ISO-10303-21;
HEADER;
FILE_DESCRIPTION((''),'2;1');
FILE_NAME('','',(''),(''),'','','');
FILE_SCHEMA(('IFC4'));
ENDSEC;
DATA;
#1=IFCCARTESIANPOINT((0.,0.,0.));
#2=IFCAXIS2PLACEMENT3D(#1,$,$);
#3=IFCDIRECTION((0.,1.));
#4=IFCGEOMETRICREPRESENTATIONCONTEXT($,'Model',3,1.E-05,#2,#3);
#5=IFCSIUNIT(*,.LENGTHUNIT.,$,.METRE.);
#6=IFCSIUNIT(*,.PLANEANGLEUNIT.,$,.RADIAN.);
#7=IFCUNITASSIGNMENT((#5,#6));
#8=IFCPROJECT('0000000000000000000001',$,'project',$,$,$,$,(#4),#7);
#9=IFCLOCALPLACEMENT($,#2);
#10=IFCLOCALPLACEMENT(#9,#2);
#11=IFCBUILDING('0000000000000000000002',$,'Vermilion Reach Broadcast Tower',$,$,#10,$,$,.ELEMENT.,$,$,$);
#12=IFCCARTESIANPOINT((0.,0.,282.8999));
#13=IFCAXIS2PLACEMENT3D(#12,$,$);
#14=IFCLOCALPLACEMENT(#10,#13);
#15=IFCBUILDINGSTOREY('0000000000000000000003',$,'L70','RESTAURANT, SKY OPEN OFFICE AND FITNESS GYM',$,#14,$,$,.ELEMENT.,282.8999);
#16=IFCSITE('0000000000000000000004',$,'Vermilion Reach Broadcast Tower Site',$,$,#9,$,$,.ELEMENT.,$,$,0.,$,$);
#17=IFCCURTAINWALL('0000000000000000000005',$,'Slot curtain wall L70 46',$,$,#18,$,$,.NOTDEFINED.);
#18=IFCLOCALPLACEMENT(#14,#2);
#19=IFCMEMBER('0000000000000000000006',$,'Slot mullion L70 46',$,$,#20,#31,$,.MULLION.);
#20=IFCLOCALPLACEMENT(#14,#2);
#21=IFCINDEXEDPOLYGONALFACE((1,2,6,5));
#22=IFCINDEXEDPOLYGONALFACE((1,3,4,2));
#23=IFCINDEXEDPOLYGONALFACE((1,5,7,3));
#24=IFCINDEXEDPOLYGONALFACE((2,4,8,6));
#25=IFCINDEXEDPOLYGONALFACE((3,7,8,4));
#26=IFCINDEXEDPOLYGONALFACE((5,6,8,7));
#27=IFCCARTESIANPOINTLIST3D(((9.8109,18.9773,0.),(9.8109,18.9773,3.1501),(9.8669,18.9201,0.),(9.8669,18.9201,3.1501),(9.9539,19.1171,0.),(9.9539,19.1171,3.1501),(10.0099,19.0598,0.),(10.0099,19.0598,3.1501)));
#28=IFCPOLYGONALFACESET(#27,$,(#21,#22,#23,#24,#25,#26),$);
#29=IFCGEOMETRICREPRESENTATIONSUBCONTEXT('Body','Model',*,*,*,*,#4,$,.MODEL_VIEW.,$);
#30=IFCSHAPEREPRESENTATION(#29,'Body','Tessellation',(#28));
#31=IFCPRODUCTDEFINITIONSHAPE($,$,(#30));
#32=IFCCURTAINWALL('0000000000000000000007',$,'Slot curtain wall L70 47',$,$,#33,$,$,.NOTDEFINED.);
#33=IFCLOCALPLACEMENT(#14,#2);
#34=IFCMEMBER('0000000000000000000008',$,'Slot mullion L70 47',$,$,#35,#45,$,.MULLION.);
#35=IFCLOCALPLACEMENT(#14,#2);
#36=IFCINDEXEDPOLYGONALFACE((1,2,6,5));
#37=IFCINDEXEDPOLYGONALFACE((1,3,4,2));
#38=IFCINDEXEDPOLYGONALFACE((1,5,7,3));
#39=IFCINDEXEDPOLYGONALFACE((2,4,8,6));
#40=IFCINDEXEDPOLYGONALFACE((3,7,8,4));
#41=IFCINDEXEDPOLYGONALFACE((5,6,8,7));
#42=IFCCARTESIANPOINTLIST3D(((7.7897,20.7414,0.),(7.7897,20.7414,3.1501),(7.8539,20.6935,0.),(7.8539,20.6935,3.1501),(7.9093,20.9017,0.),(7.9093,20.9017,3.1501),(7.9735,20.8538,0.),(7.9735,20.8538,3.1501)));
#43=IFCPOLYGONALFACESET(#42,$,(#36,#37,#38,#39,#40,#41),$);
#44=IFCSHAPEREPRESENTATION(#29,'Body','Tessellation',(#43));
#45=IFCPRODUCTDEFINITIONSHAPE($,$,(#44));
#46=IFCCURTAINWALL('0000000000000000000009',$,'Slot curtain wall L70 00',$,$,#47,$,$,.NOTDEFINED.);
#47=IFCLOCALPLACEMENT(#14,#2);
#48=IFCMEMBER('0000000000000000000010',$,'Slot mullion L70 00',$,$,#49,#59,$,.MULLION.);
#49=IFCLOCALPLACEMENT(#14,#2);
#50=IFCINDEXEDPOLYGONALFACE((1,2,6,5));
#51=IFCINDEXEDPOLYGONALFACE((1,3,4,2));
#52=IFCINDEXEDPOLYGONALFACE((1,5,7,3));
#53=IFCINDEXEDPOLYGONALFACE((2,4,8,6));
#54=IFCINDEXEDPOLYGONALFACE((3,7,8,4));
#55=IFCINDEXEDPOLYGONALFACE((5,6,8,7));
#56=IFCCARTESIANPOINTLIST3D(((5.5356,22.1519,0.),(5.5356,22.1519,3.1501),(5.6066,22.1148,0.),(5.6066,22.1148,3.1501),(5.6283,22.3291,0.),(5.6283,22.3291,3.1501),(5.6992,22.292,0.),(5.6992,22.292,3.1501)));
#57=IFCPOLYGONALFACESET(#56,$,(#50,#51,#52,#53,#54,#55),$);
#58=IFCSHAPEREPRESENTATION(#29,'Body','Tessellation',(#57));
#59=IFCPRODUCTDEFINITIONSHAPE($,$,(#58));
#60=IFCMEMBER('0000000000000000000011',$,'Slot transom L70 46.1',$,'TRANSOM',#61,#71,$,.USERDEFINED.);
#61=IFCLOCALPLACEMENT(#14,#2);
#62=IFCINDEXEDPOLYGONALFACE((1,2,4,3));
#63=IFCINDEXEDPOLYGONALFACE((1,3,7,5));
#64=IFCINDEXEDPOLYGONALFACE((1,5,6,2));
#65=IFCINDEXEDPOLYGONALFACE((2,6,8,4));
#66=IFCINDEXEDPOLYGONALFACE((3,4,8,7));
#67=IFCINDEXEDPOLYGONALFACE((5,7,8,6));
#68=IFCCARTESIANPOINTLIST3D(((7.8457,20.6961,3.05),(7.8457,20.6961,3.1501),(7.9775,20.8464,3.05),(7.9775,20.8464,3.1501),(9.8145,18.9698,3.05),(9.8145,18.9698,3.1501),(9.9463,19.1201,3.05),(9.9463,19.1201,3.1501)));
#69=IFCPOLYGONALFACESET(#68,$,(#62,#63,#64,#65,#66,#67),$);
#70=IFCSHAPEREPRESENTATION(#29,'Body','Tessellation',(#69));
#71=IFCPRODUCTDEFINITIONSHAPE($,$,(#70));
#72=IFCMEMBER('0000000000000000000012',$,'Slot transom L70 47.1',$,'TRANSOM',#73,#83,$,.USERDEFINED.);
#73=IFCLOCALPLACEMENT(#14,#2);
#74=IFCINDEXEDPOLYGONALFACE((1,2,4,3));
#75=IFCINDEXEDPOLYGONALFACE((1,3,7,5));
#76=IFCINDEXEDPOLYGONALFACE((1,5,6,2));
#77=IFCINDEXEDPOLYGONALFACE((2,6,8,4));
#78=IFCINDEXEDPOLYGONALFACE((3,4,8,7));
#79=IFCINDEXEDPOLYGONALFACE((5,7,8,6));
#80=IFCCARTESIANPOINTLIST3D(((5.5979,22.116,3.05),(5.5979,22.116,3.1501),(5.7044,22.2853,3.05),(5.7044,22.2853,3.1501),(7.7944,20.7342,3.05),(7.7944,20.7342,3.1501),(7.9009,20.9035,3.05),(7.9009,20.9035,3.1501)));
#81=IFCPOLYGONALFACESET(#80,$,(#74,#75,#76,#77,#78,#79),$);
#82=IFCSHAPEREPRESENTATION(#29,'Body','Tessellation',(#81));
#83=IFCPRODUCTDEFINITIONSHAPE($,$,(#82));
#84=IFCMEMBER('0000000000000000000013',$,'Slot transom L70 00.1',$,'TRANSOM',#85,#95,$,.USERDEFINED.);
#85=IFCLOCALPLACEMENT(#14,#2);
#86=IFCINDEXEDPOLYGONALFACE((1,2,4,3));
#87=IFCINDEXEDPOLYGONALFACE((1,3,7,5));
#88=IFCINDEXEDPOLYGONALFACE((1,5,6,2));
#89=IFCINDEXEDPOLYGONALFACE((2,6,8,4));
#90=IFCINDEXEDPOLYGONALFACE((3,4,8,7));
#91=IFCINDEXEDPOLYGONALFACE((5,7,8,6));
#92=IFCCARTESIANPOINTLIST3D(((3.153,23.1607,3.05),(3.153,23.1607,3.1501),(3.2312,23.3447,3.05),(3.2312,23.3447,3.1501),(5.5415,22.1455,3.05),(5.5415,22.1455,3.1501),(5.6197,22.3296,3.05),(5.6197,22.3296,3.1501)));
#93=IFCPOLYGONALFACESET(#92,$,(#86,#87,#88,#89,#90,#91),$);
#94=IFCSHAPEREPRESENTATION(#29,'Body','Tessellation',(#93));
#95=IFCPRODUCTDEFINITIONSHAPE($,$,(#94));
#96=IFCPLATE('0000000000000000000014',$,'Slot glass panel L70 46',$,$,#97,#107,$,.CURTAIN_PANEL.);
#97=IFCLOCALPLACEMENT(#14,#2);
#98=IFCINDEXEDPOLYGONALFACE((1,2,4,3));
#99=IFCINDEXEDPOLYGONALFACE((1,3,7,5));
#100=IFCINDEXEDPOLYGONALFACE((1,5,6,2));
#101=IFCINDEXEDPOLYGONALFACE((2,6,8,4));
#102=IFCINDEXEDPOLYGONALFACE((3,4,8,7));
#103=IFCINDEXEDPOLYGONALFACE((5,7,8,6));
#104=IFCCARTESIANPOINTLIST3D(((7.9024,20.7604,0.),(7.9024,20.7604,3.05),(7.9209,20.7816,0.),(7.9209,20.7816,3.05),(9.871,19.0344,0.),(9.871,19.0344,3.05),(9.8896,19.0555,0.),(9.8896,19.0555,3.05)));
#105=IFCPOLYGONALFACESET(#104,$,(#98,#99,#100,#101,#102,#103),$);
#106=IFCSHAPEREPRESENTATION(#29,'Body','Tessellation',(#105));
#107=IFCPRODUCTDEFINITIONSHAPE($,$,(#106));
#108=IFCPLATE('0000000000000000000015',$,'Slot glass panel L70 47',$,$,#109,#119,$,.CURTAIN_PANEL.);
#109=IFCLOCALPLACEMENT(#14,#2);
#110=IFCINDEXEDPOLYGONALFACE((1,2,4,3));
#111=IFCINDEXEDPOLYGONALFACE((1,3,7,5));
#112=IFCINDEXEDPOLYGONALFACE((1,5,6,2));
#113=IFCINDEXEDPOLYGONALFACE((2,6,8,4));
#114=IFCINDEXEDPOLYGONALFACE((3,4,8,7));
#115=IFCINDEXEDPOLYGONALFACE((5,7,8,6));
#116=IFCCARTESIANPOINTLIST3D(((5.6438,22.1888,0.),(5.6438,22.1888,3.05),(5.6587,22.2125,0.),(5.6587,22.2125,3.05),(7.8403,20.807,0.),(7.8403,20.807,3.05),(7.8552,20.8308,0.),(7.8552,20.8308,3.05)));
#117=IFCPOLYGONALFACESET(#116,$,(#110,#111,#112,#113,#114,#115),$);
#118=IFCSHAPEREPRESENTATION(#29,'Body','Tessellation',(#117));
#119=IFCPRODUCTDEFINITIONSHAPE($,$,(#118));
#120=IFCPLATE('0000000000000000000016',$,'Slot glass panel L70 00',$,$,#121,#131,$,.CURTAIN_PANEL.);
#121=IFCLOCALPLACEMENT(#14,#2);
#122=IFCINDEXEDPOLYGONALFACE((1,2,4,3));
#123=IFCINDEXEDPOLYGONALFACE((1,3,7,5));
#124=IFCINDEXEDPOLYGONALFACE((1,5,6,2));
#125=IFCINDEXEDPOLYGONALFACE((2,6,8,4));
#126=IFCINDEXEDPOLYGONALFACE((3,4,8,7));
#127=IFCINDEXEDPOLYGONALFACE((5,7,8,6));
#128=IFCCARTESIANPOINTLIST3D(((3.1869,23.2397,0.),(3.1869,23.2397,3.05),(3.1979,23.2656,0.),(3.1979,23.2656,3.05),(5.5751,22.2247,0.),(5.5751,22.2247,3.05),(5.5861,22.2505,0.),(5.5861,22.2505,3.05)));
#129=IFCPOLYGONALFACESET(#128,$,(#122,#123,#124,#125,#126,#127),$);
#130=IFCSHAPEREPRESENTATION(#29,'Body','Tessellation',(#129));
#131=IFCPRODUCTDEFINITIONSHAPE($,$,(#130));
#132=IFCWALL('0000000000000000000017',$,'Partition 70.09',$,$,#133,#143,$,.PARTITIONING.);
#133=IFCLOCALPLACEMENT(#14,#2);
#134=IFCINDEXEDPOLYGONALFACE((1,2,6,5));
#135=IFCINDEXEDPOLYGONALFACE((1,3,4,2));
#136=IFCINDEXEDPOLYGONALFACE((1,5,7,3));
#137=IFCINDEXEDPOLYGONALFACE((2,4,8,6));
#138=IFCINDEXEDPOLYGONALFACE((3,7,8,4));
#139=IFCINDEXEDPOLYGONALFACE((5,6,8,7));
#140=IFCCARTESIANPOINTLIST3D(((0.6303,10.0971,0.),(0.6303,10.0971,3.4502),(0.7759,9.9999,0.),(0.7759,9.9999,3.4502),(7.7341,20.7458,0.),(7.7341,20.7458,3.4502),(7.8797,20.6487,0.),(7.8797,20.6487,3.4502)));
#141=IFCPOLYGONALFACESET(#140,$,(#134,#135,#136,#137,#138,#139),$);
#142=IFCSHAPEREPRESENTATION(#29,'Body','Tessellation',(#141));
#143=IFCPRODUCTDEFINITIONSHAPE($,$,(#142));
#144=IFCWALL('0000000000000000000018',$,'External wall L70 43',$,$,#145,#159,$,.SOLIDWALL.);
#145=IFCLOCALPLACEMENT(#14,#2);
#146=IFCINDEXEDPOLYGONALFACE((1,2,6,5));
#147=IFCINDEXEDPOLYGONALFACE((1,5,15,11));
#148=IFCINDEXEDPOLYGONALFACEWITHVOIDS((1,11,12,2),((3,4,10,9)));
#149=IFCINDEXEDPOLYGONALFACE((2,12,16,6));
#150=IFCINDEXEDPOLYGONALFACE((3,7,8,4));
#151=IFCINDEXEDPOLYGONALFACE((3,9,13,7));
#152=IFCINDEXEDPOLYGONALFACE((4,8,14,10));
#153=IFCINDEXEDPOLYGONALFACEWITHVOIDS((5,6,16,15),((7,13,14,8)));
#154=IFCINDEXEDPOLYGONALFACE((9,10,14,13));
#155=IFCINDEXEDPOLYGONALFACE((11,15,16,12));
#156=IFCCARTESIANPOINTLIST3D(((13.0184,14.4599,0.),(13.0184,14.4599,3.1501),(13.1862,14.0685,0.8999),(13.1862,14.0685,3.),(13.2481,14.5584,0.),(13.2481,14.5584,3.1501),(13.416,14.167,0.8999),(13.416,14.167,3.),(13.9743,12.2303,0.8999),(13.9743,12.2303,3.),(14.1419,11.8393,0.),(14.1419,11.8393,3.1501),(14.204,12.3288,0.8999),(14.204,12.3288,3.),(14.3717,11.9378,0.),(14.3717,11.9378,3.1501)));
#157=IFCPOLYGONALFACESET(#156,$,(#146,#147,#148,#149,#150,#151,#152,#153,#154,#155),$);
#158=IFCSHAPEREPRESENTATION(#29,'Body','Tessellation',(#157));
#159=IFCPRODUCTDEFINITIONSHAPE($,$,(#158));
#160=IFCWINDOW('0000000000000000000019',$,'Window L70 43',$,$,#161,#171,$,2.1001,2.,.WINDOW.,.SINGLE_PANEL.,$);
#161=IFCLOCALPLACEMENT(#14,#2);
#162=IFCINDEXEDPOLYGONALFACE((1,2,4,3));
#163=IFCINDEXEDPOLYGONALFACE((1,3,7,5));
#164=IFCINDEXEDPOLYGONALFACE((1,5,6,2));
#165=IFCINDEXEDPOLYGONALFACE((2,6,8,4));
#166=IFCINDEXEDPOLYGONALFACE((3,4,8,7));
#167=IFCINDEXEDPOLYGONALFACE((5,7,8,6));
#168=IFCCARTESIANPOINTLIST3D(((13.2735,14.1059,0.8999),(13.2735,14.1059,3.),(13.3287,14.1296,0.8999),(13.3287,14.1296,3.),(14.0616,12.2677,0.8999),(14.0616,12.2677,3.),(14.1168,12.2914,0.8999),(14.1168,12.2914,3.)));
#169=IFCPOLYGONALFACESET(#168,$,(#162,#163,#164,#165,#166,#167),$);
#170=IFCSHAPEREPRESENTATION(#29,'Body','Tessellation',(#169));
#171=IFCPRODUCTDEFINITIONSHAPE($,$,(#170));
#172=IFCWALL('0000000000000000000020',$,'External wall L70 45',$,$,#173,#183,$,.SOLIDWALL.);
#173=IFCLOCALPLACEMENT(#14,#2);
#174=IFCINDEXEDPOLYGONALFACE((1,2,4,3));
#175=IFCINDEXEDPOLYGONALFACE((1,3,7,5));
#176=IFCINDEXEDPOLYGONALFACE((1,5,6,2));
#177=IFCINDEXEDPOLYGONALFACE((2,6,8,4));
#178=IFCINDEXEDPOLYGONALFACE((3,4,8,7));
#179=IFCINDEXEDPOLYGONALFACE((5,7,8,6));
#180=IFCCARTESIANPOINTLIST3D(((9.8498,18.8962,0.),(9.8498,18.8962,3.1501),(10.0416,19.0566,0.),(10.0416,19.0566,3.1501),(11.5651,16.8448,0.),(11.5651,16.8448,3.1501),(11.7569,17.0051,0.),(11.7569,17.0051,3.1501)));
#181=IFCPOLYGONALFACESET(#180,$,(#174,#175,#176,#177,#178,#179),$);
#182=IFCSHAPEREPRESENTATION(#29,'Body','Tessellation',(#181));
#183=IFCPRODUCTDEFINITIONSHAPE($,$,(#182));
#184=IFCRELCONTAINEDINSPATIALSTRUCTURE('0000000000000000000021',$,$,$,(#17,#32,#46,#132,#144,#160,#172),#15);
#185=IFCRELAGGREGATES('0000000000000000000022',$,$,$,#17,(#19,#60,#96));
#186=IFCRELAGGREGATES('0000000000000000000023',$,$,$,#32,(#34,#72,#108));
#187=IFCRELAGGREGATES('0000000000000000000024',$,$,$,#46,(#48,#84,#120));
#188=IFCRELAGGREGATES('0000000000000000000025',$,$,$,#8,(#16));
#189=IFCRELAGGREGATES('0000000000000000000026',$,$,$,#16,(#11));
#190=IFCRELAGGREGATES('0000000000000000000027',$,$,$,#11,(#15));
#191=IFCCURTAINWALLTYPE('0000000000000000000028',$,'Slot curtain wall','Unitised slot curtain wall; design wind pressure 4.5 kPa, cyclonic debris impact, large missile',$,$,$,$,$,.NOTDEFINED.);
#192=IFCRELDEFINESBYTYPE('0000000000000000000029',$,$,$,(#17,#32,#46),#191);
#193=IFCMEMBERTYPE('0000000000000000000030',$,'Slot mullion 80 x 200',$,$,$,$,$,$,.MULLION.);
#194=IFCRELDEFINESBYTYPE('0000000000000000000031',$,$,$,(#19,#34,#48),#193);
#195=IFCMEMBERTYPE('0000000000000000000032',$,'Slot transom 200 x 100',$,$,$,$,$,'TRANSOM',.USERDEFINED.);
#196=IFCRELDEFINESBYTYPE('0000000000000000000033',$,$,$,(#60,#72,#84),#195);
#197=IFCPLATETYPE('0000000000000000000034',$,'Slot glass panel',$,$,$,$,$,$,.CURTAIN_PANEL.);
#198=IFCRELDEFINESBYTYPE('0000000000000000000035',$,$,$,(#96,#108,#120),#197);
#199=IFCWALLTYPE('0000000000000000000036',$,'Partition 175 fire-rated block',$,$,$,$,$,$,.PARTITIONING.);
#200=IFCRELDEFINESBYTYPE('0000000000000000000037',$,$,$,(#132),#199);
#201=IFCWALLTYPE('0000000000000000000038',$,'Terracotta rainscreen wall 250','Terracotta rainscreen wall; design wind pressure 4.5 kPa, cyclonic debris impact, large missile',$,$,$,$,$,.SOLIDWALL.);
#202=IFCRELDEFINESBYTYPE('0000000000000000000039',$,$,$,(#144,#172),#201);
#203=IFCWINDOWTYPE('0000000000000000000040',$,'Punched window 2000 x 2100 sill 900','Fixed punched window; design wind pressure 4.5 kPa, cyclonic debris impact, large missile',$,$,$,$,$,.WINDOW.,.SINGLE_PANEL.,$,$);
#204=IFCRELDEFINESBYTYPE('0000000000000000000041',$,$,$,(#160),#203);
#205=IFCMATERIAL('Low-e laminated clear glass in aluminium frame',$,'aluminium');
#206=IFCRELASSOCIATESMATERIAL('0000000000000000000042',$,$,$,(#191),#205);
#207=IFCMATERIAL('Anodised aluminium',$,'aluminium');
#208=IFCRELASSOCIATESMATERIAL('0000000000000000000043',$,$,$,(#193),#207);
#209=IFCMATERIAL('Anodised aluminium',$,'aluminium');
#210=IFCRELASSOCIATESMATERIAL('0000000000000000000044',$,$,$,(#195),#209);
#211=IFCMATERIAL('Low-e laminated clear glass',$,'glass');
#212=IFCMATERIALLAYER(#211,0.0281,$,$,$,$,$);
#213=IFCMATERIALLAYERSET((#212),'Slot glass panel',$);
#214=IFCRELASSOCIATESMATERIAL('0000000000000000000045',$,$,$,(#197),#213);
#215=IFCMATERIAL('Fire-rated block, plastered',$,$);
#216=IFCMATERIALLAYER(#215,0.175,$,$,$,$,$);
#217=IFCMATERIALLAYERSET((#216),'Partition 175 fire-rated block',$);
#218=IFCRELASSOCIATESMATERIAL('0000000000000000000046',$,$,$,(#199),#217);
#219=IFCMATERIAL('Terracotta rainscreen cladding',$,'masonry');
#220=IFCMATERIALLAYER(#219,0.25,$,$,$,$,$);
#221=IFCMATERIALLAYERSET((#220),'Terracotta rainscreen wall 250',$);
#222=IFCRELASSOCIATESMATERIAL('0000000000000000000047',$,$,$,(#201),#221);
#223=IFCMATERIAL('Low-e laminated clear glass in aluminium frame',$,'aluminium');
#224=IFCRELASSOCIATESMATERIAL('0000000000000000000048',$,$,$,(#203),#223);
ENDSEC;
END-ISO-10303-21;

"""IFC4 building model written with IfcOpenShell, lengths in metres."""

from ifc_helpers import new_model, si_unit, direction, frame, frame_2d, origin, origin_2d, place, context, subcontext, project, spatial, rectangle, extrude, material, layer, layer_set, material_profile, profile_set, type_object, element, fill, aggregate, save


model = new_model("IFC4")

# Units and contexts
model_context = context("Model", 3, precision=1e-05, world=origin(), true_north=direction((0.0, 1.0)))
body_context = subcontext(model_context, "Body", "Model", "MODEL_VIEW")
ifc_project = project(units=[si_unit("LENGTHUNIT", "METRE"), si_unit("PLANEANGLEUNIT", "RADIAN")], contexts=[model_context])

# Site, building, storey
site_placement = place(None, origin())
site = spatial("IfcSite", under=ifc_project, at=site_placement, Name="Vermilion Reach Broadcast Tower Site", CompositionType="ELEMENT", RefElevation=0.0)
building_placement = place(site_placement, origin())
building = spatial("IfcBuilding", under=site, at=building_placement, Name="Vermilion Reach Broadcast Tower", CompositionType="ELEMENT")
storey_placement = place(building_placement, frame((0.0, 0.0, 282.8999)))
storey = spatial("IfcBuildingStorey", under=building, at=storey_placement, Name="L70", Description="RESTAURANT, SKY OPEN OFFICE AND FITNESS GYM", CompositionType="ELEMENT", Elevation=282.8999)

# Curtain walls, members
ifc_material_1 = material(Name="Low-e laminated clear glass in aluminium frame", Category="aluminium")
curtain_wall_type = type_object("IfcCurtainWallType", Name="Slot curtain wall", Description="Unitised slot curtain wall; design wind pressure 4.5 kPa, cyclonic debris impact, large missile", PredefinedType="NOTDEFINED", material=ifc_material_1)
placement = place(storey_placement, origin())
curtain_wall_1 = element("IfcCurtainWall", 1, at=placement, inside=storey, type_object=curtain_wall_type, Name="Slot curtain wall L70 46", PredefinedType="NOTDEFINED")
ifc_material_2 = material(Name="Anodised aluminium", Category="aluminium")
ifc_material_profile_1 = material_profile(ifc_material_2, rectangle(XDim=0.2, YDim=0.0801, at=origin_2d()), Name="Slot mullion 80 x 200")
ifc_profile_set_1 = profile_set([ifc_material_profile_1], Name="Anodised aluminium")
member_type_1 = type_object("IfcMemberType", Name="Slot mullion 80 x 200", PredefinedType="MULLION", material=ifc_profile_set_1)
member_1_placement = place(storey_placement, frame((9.9104, 19.0186, 0.0), z_axis=(0.0, 0.0, 1.0), x_axis=(-0.71537, -0.698746, 0.0)))
member_1 = element("IfcMember", 2, at=member_1_placement, type_object=member_type_1, Name="Slot mullion L70 46", PredefinedType="MULLION", context=body_context, shape_type="SweptSolid", body=[
    extrude(rectangle(XDim=0.2, YDim=0.0801, at=origin_2d()), origin(), (0.0, 0.0, 1.0), 3.1501),
])
curtain_wall_2 = element("IfcCurtainWall", 3, at=placement, inside=storey, type_object=curtain_wall_type, Name="Slot curtain wall L70 47", PredefinedType="NOTDEFINED")
member_2_placement = place(storey_placement, frame((7.8816, 20.7976, 0.0), z_axis=(0.0, 0.0, 1.0), x_axis=(-0.59775, -0.801683, 0.0)))
member_2 = element("IfcMember", 4, at=member_2_placement, type_object=member_type_1, Name="Slot mullion L70 47", PredefinedType="MULLION", context=body_context, shape_type="SweptSolid", body=[
    extrude(rectangle(XDim=0.2, YDim=0.0801, at=origin_2d()), origin(), (0.0, 0.0, 1.0), 3.1501),
])
curtain_wall_3 = element("IfcCurtainWall", 5, at=placement, inside=storey, type_object=curtain_wall_type, Name="Slot curtain wall L70 00", PredefinedType="NOTDEFINED")
member_3_placement = place(storey_placement, frame((5.6174, 22.2219, 0.0), z_axis=(0.0, 0.0, 1.0), x_axis=(-0.463296, -0.886204, 0.0)))
member_3 = element("IfcMember", 6, at=member_3_placement, type_object=member_type_1, Name="Slot mullion L70 00", PredefinedType="MULLION", context=body_context, shape_type="SweptSolid", body=[
    extrude(rectangle(XDim=0.2, YDim=0.0801, at=origin_2d()), origin(), (0.0, 0.0, 1.0), 3.1501),
])

# Members
ifc_material_3 = material(Name="Anodised aluminium", Category="aluminium")
ifc_material_profile_2 = material_profile(ifc_material_3, rectangle(XDim=0.2, YDim=0.1001, at=origin_2d()), Name="Slot transom 200 x 100")
ifc_profile_set_2 = profile_set([ifc_material_profile_2], Name="Anodised aluminium")
member_type_2 = type_object("IfcMemberType", Name="Slot transom 200 x 100", ElementType="TRANSOM", PredefinedType="USERDEFINED", material=ifc_profile_set_2)
member_4_placement = place(storey_placement, frame((9.8804, 19.0449, 3.1001), z_axis=(-0.751883, 0.659296, 0.0), x_axis=(-0.659296, -0.751883, 0.0)))
member_4 = element("IfcMember", 7, at=member_4_placement, type_object=member_type_2, Name="Slot transom L70 46.1", ObjectType="TRANSOM", PredefinedType="USERDEFINED", context=body_context, shape_type="SweptSolid", body=[
    extrude(rectangle(XDim=0.2, YDim=0.1001, at=origin_2d()), origin(), (0.0, 0.0, 1.0), 2.6184),
])
member_5_placement = place(storey_placement, frame((7.8477, 20.8188, 3.1001), z_axis=(-0.846435, 0.532491, 0.0), x_axis=(-0.532491, -0.846435, 0.0)))
member_5 = element("IfcMember", 8, at=member_5_placement, type_object=member_type_2, Name="Slot transom L70 47.1", ObjectType="TRANSOM", PredefinedType="USERDEFINED", context=body_context, shape_type="SweptSolid", body=[
    extrude(rectangle(XDim=0.2, YDim=0.1001, at=origin_2d()), origin(), (0.0, 0.0, 1.0), 2.595),
])
member_6_placement = place(storey_placement, frame((5.5806, 22.2375, 3.1001), z_axis=(-0.920323, 0.391159, 0.0), x_axis=(-0.391159, -0.920323, 0.0)))
member_6 = element("IfcMember", 9, at=member_6_placement, type_object=member_type_2, Name="Slot transom L70 00.1", ObjectType="TRANSOM", PredefinedType="USERDEFINED", context=body_context, shape_type="SweptSolid", body=[
    extrude(rectangle(XDim=0.2, YDim=0.1001, at=origin_2d()), origin(), (0.0, 0.0, 1.0), 2.5952),
])

# Plates
ifc_material_4 = material(Name="Low-e laminated clear glass", Category="glass")
ifc_layer_1 = layer(ifc_material_4, 0.0281)
ifc_layer_set_1 = layer_set([ifc_layer_1], Name="Slot glass panel")
plate_type = type_object("IfcPlateType", Name="Slot glass panel", PredefinedType="CURTAIN_PANEL", material=ifc_layer_set_1)
plate_1_placement = place(storey_placement, frame((8.896, 19.908, 0.0), z_axis=(0.0, 0.0, 1.0), x_axis=(-0.751902, 0.659275, 0.0)))
plate_1 = element("IfcPlate", 10, at=plate_1_placement, type_object=plate_type, Name="Slot glass panel L70 46", PredefinedType="CURTAIN_PANEL", context=body_context, shape_type="SweptSolid", body=[
    extrude(rectangle(XDim=2.6182, YDim=0.0281, at=origin_2d()), origin(), (0.0, 0.0, 1.0), 3.05),
])
aggregate(curtain_wall_1, [member_1, member_4, plate_1])
plate_2_placement = place(storey_placement, frame((6.7495, 21.5098, 0.0), z_axis=(0.0, 0.0, 1.0), x_axis=(-0.846442, 0.532481, 0.0)))
plate_2 = element("IfcPlate", 11, at=plate_2_placement, type_object=plate_type, Name="Slot glass panel L70 47", PredefinedType="CURTAIN_PANEL", context=body_context, shape_type="SweptSolid", body=[
    extrude(rectangle(XDim=2.595, YDim=0.0281, at=origin_2d()), origin(), (0.0, 0.0, 1.0), 3.05),
])
aggregate(curtain_wall_2, [member_2, member_5, plate_2])
plate_3_placement = place(storey_placement, frame((4.3865, 22.7451, 0.0), z_axis=(0.0, 0.0, 1.0), x_axis=(-0.920322, 0.391161, 0.0)))
plate_3 = element("IfcPlate", 12, at=plate_3_placement, type_object=plate_type, Name="Slot glass panel L70 00", PredefinedType="CURTAIN_PANEL", context=body_context, shape_type="SweptSolid", body=[
    extrude(rectangle(XDim=2.595, YDim=0.0281, at=origin_2d()), origin(), (0.0, 0.0, 1.0), 3.05),
])
aggregate(curtain_wall_3, [member_3, member_6, plate_3])

# Wall
ifc_material_5 = material(Name="Fire-rated block, plastered")
ifc_layer_2 = layer(ifc_material_5, 0.175)
ifc_layer_set_2 = layer_set([ifc_layer_2], Name="Partition 175 fire-rated block")
wall_type_1 = type_object("IfcWallType", Name="Partition 175 fire-rated block", PredefinedType="PARTITIONING", material=ifc_layer_set_2)
wall_1_placement = place(storey_placement, frame((7.8069, 20.6973, 0.0), z_axis=(0.0, 0.0, 1.0), x_axis=(-0.554951, -0.831883, 0.0)))
element("IfcWall", 13, at=wall_1_placement, inside=storey, type_object=wall_type_1, Name="Partition 70.09", PredefinedType="PARTITIONING", context=body_context, shape_type="SweptSolid", body=[
    extrude(rectangle(XDim=12.8008, YDim=0.175, at=frame_2d((6.4004, 0.0))), origin(), (0.0, 0.0, 1.0), 3.4502),
])

# Wall, opening, window
ifc_material_6 = material(Name="Terracotta rainscreen cladding", Category="masonry")
ifc_layer_3 = layer(ifc_material_6, 0.25)
ifc_layer_set_3 = layer_set([ifc_layer_3], Name="Terracotta rainscreen wall 250")
wall_type_2 = type_object("IfcWallType", Name="Terracotta rainscreen wall 250", Description="Terracotta rainscreen wall; design wind pressure 4.5 kPa, cyclonic debris impact, large missile", PredefinedType="SOLIDWALL", material=ifc_layer_set_3)
wall_2_placement = place(storey_placement, frame((14.2568, 11.8884, 0.0), z_axis=(0.0, 0.0, 1.0), x_axis=(-0.394043, 0.919092, 0.0)))
wall_2 = element("IfcWall", 14, at=wall_2_placement, inside=storey, type_object=wall_type_2, Name="External wall L70 43", PredefinedType="SOLIDWALL", context=body_context, shape_type="SweptSolid", body=[
    extrude(rectangle(XDim=2.8513, YDim=0.25, at=frame_2d((1.4258, 0.0))), origin(), (0.0, 0.0, 1.0), 3.1501),
])
opening_1_placement = place(wall_2_placement, frame((0.4255, 0.0, 0.8999)))
opening_1 = element("IfcOpeningElement", 15, at=opening_1_placement, cuts=wall_2, PredefinedType="OPENING", context=body_context, shape_type="SweptSolid", body=[
    extrude(rectangle(XDim=2.0, YDim=2.1001, at=frame_2d((1.0, 1.05))), frame((0.0, 0.135, 0.0), z_axis=(0.0, -1.0, 0.0), x_axis=(1.0, 0.0, 0.0)), (0.0, 0.0, 1.0), 0.27),
])
ifc_material_7 = material(Name="Low-e laminated clear glass in aluminium frame", Category="aluminium")
window_type = type_object("IfcWindowType", Name="Punched window 2000 x 2100 sill 900", Description="Fixed punched window; design wind pressure 4.5 kPa, cyclonic debris impact, large missile", PartitioningType="SINGLE_PANEL", PredefinedType="WINDOW", material=ifc_material_7)
window_placement = place(opening_1_placement, origin())
window = element("IfcWindow", 16, at=window_placement, inside=storey, type_object=window_type, Name="Window L70 43", OverallHeight=2.1001, OverallWidth=2.0, PartitioningType="SINGLE_PANEL", PredefinedType="WINDOW", context=body_context, shape_type="SweptSolid", body=[
    extrude(rectangle(XDim=2.0, YDim=2.1001, at=frame_2d((1.0, 1.05))), frame((0.0, 0.03, 0.0), z_axis=(0.0, -1.0, 0.0), x_axis=(1.0, 0.0, 0.0)), (0.0, 0.0, 1.0), 0.0601),
])
fill(opening_1, window)

# Wall
wall_3_placement = place(storey_placement, frame((11.6609, 16.925, 0.0), z_axis=(0.0, 0.0, 1.0), x_axis=(-0.64145, 0.767165, 0.0)))
element("IfcWall", 17, at=wall_3_placement, inside=storey, type_object=wall_type_2, Name="External wall L70 45", PredefinedType="SOLIDWALL", context=body_context, shape_type="SweptSolid", body=[
    extrude(rectangle(XDim=2.6741, YDim=0.25, at=frame_2d((1.3369, 0.0))), origin(), (0.0, 0.0, 1.0), 3.1501),
])

save(model, "model.ifc")
